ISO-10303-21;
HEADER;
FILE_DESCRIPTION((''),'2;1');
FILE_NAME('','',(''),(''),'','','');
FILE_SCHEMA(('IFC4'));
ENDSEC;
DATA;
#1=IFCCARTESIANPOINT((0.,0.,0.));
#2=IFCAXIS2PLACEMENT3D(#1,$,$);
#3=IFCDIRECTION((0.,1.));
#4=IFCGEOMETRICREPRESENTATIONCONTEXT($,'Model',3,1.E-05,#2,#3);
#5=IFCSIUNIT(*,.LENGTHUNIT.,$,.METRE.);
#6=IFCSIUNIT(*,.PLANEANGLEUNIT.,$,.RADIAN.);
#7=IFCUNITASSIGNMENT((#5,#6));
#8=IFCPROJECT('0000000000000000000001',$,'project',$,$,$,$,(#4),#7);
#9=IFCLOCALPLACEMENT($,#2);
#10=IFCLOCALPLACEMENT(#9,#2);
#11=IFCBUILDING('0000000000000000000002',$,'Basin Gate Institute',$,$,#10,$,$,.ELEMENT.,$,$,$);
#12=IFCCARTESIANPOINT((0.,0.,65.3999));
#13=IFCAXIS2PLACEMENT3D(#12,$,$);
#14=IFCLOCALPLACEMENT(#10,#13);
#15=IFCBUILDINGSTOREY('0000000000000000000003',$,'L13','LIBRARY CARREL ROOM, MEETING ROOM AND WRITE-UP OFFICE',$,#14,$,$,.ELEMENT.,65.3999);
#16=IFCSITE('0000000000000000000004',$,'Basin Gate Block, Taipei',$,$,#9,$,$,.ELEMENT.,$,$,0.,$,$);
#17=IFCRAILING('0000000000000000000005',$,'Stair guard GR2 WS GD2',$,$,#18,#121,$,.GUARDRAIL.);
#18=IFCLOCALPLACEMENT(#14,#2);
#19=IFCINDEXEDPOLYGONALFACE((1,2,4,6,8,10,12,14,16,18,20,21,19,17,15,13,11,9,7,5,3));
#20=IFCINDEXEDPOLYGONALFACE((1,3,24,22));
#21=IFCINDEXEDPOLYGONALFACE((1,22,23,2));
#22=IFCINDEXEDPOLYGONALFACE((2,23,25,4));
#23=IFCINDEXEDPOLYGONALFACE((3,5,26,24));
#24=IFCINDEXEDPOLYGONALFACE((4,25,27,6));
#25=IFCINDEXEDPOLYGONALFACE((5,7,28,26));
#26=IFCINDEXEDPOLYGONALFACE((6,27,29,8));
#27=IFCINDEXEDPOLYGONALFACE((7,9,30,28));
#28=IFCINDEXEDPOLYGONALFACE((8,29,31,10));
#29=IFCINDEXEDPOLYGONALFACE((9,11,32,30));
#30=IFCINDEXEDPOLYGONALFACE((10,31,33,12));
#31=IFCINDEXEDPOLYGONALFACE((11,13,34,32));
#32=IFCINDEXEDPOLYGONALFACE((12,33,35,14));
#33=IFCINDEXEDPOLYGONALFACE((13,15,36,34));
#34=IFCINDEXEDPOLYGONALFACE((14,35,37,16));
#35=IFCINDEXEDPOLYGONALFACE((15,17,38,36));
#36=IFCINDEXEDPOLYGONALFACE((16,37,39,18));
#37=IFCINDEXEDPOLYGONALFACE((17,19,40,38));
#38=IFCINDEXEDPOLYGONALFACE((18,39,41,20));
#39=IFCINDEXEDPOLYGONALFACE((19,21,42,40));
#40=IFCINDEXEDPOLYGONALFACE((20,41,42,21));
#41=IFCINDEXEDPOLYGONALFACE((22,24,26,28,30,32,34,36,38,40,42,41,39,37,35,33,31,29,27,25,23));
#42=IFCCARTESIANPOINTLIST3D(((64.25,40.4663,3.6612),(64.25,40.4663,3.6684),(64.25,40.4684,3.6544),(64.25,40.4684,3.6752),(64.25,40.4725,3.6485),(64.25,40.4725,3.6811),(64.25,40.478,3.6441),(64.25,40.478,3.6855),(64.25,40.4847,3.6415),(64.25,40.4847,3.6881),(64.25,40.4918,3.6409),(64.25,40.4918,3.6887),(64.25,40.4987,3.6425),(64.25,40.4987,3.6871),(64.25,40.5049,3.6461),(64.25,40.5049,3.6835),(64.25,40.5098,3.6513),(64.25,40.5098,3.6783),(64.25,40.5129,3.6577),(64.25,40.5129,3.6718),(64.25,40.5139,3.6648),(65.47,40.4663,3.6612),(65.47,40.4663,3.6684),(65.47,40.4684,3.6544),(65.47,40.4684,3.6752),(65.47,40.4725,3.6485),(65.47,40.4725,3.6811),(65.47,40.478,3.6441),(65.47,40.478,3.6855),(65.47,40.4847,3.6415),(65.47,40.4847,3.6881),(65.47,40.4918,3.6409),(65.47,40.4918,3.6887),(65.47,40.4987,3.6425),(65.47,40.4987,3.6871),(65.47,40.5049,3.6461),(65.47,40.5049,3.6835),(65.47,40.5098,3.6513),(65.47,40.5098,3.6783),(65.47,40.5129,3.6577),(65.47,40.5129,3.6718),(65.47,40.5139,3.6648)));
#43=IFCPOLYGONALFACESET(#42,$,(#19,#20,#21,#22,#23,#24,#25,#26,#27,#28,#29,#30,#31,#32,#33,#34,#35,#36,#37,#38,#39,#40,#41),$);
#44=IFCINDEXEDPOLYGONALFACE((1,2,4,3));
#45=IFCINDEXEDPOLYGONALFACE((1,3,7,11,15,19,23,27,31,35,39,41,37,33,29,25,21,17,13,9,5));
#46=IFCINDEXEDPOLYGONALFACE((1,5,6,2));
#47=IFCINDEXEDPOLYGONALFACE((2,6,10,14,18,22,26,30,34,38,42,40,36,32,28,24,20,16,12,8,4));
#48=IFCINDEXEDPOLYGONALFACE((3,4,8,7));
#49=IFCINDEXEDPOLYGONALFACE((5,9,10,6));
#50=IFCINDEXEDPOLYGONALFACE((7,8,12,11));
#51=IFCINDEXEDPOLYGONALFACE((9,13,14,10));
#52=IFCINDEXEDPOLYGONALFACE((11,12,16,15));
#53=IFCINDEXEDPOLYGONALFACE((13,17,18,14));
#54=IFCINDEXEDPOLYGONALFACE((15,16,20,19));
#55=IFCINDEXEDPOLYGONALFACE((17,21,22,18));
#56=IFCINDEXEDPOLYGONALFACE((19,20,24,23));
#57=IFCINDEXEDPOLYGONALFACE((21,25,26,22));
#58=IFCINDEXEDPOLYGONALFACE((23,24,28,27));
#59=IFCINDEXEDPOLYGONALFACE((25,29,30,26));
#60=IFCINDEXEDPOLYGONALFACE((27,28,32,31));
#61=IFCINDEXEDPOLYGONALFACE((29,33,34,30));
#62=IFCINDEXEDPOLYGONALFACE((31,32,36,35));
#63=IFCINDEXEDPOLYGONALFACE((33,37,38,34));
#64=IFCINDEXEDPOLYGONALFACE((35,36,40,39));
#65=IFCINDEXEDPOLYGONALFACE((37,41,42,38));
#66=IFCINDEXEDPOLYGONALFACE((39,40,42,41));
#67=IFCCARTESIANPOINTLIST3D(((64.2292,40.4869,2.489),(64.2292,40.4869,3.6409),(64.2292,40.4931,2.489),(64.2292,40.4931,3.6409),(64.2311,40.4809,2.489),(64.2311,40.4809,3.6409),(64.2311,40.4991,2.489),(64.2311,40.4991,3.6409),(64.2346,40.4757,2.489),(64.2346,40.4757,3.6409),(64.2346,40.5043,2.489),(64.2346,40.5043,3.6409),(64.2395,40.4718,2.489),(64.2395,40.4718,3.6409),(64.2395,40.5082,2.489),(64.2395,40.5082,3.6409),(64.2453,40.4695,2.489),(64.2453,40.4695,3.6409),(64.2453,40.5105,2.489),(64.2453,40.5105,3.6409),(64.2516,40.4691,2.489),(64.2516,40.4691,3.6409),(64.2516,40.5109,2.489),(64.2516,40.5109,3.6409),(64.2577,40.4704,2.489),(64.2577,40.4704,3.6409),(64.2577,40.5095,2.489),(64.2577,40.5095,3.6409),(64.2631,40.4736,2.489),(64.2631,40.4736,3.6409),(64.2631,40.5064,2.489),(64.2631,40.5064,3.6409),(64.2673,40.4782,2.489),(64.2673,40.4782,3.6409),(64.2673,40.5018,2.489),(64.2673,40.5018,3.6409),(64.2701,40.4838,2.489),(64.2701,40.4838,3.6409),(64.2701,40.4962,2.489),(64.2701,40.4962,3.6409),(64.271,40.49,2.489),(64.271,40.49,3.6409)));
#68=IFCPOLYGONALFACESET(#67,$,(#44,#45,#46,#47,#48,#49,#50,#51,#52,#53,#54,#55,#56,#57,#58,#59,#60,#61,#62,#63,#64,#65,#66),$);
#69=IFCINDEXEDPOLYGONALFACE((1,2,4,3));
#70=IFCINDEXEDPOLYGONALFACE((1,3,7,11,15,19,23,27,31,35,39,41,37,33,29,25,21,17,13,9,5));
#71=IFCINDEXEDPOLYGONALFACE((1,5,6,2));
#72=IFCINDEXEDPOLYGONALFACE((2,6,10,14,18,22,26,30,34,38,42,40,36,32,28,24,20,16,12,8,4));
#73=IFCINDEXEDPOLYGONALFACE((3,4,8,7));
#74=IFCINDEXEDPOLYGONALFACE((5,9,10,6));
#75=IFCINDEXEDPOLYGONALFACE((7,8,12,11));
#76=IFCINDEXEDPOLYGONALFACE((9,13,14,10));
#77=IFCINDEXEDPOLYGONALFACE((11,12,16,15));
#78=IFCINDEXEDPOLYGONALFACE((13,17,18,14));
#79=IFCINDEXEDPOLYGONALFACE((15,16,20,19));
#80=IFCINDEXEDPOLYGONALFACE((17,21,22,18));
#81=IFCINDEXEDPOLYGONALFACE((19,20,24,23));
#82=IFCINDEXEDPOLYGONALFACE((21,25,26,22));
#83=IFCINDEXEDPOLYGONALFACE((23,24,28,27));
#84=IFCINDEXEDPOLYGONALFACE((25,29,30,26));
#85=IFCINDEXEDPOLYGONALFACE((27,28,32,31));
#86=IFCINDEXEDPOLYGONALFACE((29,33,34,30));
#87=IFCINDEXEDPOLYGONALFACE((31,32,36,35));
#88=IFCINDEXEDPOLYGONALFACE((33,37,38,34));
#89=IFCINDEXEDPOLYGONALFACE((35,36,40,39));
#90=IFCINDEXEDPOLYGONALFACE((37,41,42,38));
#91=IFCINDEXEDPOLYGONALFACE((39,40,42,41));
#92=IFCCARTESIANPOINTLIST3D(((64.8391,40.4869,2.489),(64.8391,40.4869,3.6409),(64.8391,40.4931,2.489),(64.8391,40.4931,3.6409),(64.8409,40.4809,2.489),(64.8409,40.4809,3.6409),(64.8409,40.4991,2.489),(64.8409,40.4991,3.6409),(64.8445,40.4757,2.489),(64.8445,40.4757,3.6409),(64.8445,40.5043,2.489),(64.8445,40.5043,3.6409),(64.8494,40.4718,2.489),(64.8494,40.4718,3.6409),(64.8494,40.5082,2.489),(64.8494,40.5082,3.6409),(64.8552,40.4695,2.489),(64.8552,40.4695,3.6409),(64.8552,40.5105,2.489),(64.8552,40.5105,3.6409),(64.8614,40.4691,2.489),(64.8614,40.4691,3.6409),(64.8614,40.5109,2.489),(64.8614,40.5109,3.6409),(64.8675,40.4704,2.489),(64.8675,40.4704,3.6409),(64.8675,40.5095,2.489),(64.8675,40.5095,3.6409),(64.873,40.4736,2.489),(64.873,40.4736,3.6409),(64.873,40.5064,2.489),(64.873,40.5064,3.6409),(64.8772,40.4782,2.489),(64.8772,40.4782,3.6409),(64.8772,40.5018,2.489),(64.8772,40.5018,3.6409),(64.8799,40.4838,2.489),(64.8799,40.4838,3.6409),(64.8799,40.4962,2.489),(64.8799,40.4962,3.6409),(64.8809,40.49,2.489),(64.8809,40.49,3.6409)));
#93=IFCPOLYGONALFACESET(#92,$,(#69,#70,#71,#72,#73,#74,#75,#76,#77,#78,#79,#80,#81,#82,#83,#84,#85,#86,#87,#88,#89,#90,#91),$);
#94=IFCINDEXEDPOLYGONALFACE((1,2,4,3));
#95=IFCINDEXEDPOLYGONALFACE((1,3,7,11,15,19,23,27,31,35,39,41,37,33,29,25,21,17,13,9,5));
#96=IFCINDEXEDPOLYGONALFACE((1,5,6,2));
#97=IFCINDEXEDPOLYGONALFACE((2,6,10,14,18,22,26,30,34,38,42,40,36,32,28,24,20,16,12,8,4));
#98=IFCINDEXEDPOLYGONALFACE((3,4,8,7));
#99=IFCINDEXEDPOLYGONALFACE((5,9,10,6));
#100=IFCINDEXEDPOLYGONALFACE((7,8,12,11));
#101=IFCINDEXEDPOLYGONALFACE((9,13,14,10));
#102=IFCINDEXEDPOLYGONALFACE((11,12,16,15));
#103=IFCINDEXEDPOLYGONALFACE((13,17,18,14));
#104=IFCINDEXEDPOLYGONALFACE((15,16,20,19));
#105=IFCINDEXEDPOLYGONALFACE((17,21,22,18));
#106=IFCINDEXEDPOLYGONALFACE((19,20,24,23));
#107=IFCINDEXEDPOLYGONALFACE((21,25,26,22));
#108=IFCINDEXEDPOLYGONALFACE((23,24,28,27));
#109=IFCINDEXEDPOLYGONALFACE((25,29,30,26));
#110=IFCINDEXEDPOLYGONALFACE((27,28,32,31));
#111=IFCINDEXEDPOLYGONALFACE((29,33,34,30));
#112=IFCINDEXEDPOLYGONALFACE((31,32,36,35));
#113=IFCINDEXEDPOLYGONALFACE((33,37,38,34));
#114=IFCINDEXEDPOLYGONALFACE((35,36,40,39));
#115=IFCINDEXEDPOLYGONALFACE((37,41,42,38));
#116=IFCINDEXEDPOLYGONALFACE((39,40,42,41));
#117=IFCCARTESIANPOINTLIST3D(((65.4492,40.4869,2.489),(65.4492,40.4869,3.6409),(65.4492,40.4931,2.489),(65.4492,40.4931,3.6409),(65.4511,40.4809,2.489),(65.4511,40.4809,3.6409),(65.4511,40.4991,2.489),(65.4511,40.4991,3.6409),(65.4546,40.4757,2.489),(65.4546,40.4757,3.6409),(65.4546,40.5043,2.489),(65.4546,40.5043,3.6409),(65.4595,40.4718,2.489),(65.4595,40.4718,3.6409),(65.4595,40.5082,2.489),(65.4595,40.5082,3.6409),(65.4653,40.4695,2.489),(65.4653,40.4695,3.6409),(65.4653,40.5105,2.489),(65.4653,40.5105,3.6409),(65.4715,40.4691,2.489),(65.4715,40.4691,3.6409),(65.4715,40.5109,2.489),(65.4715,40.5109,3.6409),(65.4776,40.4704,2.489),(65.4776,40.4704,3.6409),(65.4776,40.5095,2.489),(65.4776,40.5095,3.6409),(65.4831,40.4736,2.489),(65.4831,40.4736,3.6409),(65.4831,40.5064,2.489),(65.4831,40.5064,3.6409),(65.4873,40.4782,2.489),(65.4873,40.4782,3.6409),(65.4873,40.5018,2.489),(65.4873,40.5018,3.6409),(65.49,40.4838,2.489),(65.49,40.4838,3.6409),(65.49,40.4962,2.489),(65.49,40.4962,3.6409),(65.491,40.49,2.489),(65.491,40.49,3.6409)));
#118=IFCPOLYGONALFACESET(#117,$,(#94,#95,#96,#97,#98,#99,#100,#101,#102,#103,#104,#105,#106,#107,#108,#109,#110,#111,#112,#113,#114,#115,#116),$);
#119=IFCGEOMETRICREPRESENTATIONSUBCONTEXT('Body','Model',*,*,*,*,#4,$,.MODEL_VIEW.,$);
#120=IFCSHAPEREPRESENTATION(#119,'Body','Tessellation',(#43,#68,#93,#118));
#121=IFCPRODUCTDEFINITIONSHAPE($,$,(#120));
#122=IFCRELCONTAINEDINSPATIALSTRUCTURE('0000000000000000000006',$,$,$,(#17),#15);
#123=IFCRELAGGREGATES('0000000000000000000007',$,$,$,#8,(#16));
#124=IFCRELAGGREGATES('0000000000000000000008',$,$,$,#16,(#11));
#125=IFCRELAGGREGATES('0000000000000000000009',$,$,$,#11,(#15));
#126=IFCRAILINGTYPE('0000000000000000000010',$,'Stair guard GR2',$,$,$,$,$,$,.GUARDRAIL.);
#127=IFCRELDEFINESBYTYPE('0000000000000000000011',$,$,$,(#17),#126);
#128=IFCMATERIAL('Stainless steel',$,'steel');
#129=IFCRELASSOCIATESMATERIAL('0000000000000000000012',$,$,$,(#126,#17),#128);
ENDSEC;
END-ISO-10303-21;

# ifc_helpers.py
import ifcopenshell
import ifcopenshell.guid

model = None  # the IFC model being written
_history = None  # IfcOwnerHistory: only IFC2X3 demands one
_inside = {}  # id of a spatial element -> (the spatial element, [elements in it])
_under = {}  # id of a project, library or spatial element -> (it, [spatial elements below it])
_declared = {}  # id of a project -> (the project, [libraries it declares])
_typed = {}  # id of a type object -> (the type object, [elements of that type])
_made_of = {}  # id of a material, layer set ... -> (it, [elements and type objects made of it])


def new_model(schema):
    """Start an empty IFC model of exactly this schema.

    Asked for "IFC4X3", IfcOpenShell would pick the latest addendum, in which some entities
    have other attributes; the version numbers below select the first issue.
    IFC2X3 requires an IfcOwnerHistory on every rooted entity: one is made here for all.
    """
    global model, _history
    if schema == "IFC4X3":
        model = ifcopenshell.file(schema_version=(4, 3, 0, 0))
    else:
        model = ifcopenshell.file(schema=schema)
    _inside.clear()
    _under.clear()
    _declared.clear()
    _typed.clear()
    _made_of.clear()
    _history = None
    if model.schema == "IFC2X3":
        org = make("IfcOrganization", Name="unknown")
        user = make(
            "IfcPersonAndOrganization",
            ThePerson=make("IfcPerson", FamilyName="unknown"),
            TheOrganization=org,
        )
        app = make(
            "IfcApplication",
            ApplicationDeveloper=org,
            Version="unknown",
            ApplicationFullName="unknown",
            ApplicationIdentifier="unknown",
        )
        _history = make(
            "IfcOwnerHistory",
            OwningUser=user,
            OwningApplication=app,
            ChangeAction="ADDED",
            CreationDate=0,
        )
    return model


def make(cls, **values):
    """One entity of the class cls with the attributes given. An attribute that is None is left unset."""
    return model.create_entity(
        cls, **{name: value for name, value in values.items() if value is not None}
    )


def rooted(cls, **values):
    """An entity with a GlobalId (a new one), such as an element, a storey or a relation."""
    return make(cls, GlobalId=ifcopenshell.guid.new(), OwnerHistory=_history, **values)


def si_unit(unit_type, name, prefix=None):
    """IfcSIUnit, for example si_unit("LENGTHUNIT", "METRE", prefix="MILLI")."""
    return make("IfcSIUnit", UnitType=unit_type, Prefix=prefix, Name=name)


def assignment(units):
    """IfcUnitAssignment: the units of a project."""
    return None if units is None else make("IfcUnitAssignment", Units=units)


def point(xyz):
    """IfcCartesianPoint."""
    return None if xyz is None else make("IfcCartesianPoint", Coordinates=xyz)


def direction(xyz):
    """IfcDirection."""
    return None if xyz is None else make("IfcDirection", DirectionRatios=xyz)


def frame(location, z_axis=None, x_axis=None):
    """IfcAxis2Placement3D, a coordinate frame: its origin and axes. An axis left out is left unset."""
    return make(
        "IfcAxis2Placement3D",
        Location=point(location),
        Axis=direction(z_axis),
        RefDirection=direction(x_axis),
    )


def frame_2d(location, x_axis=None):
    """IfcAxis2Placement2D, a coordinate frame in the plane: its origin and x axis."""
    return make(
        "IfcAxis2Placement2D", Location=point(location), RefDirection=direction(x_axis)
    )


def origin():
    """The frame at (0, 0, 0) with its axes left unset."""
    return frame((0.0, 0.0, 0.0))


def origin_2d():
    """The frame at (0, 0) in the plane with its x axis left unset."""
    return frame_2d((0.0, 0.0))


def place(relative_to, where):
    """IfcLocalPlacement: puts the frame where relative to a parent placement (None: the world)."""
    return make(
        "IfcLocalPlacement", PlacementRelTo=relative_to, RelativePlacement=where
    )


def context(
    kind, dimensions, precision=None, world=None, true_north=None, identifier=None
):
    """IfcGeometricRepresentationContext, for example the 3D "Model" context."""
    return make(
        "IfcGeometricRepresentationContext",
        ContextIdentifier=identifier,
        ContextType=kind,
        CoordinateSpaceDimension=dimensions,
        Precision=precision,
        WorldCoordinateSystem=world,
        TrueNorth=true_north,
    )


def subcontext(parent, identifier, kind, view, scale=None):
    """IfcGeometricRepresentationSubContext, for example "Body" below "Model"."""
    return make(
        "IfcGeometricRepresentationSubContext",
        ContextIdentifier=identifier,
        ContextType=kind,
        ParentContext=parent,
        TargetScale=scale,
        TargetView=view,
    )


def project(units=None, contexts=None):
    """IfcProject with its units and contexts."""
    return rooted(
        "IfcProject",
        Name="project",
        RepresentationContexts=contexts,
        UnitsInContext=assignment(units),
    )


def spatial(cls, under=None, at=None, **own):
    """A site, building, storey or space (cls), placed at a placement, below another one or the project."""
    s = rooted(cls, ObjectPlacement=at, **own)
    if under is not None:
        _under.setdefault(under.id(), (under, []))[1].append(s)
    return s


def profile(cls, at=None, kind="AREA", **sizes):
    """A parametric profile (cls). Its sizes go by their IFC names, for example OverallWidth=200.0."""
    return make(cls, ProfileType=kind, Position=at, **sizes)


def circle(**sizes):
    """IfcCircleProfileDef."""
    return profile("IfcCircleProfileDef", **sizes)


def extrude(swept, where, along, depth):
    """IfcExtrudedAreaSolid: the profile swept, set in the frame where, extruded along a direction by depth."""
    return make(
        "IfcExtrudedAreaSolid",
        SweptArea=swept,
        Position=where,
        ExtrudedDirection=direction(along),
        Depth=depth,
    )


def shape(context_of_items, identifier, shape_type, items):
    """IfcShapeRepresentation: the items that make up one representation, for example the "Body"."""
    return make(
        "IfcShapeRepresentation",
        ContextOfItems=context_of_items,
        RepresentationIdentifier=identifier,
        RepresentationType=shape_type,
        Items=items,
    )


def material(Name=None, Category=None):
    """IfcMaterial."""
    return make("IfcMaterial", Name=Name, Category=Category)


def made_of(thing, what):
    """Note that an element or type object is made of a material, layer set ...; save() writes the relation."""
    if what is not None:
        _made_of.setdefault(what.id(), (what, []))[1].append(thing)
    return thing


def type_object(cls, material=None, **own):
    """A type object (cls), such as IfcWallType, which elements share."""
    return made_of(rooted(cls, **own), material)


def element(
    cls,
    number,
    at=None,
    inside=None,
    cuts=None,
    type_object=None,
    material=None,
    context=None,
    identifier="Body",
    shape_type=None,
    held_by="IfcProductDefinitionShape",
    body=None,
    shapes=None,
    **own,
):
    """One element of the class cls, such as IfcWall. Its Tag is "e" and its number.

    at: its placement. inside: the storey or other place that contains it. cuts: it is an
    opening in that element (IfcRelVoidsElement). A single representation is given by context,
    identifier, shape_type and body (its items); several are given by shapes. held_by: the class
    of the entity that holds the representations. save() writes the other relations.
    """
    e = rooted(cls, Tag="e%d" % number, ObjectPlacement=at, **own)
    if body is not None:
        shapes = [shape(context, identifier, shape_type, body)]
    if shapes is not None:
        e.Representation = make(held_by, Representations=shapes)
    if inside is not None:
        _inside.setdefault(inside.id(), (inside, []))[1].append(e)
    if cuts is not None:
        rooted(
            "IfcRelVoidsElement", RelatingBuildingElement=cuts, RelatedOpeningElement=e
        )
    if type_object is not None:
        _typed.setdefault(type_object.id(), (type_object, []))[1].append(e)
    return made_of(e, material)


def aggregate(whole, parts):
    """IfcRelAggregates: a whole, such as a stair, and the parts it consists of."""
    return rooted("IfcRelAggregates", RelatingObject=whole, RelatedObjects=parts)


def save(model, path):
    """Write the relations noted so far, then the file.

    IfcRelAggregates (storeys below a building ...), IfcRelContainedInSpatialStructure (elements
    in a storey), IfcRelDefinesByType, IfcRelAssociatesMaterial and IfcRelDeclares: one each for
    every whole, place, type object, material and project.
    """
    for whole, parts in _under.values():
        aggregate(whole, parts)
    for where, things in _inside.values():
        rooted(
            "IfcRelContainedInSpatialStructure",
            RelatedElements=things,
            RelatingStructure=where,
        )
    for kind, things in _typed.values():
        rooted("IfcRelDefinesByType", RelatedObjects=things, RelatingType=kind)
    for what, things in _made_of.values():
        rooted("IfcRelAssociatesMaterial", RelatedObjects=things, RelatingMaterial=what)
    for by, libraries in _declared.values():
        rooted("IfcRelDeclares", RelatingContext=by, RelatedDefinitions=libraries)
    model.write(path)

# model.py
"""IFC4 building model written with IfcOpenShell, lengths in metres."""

from ifc_helpers import new_model, si_unit, direction, frame, origin, origin_2d, place, context, subcontext, project, spatial, circle, extrude, material, type_object, element, save


model = new_model("IFC4")

# Units and contexts
model_context = context("Model", 3, precision=1e-05, world=origin(), true_north=direction((0.0, 1.0)))
body_context = subcontext(model_context, "Body", "Model", "MODEL_VIEW")
ifc_project = project(units=[si_unit("LENGTHUNIT", "METRE"), si_unit("PLANEANGLEUNIT", "RADIAN")], contexts=[model_context])

# Site, building, storey
site_placement = place(None, origin())
site = spatial("IfcSite", under=ifc_project, at=site_placement, Name="Basin Gate Block, Taipei", CompositionType="ELEMENT", RefElevation=0.0)
building_placement = place(site_placement, origin())
building = spatial("IfcBuilding", under=site, at=building_placement, Name="Basin Gate Institute", CompositionType="ELEMENT")
storey_placement = place(building_placement, frame((0.0, 0.0, 65.3999)))
storey = spatial("IfcBuildingStorey", under=building, at=storey_placement, Name="L13", Description="LIBRARY CARREL ROOM, MEETING ROOM AND WRITE-UP OFFICE", CompositionType="ELEMENT", Elevation=65.3999)

# Railing
ifc_material_1 = material(Name="Stainless steel", Category="steel")
railing_type = type_object("IfcRailingType", Name="Stair guard GR2", PredefinedType="GUARDRAIL", material=ifc_material_1)
railing_1_placement = place(storey_placement, frame((64.25, 40.49, 2.489)))
element("IfcRailing", 1, at=railing_1_placement, inside=storey, type_object=railing_type, material=ifc_material_1, Name="Stair guard GR2 WS GD2", PredefinedType="GUARDRAIL", context=body_context, shape_type="SweptSolid", body=[
    extrude(circle(Radius=0.0239, at=origin_2d()), frame((0.0, 0.0, 1.1758), z_axis=(1.0, 0.0, 0.0), x_axis=(0.0, 1.0, 0.0)), (0.0, 0.0, 1.0), 1.22),
    extrude(circle(Radius=0.021, at=origin_2d()), origin(), (0.0, 0.0, 1.0), 1.1519),
    extrude(circle(Radius=0.021, at=origin_2d()), frame((0.6099, 0.0, 0.0)), (0.0, 0.0, 1.0), 1.1519),
    extrude(circle(Radius=0.021, at=origin_2d()), frame((1.22, 0.0, 0.0)), (0.0, 0.0, 1.0), 1.1519),
])

save(model, "model.ifc")
